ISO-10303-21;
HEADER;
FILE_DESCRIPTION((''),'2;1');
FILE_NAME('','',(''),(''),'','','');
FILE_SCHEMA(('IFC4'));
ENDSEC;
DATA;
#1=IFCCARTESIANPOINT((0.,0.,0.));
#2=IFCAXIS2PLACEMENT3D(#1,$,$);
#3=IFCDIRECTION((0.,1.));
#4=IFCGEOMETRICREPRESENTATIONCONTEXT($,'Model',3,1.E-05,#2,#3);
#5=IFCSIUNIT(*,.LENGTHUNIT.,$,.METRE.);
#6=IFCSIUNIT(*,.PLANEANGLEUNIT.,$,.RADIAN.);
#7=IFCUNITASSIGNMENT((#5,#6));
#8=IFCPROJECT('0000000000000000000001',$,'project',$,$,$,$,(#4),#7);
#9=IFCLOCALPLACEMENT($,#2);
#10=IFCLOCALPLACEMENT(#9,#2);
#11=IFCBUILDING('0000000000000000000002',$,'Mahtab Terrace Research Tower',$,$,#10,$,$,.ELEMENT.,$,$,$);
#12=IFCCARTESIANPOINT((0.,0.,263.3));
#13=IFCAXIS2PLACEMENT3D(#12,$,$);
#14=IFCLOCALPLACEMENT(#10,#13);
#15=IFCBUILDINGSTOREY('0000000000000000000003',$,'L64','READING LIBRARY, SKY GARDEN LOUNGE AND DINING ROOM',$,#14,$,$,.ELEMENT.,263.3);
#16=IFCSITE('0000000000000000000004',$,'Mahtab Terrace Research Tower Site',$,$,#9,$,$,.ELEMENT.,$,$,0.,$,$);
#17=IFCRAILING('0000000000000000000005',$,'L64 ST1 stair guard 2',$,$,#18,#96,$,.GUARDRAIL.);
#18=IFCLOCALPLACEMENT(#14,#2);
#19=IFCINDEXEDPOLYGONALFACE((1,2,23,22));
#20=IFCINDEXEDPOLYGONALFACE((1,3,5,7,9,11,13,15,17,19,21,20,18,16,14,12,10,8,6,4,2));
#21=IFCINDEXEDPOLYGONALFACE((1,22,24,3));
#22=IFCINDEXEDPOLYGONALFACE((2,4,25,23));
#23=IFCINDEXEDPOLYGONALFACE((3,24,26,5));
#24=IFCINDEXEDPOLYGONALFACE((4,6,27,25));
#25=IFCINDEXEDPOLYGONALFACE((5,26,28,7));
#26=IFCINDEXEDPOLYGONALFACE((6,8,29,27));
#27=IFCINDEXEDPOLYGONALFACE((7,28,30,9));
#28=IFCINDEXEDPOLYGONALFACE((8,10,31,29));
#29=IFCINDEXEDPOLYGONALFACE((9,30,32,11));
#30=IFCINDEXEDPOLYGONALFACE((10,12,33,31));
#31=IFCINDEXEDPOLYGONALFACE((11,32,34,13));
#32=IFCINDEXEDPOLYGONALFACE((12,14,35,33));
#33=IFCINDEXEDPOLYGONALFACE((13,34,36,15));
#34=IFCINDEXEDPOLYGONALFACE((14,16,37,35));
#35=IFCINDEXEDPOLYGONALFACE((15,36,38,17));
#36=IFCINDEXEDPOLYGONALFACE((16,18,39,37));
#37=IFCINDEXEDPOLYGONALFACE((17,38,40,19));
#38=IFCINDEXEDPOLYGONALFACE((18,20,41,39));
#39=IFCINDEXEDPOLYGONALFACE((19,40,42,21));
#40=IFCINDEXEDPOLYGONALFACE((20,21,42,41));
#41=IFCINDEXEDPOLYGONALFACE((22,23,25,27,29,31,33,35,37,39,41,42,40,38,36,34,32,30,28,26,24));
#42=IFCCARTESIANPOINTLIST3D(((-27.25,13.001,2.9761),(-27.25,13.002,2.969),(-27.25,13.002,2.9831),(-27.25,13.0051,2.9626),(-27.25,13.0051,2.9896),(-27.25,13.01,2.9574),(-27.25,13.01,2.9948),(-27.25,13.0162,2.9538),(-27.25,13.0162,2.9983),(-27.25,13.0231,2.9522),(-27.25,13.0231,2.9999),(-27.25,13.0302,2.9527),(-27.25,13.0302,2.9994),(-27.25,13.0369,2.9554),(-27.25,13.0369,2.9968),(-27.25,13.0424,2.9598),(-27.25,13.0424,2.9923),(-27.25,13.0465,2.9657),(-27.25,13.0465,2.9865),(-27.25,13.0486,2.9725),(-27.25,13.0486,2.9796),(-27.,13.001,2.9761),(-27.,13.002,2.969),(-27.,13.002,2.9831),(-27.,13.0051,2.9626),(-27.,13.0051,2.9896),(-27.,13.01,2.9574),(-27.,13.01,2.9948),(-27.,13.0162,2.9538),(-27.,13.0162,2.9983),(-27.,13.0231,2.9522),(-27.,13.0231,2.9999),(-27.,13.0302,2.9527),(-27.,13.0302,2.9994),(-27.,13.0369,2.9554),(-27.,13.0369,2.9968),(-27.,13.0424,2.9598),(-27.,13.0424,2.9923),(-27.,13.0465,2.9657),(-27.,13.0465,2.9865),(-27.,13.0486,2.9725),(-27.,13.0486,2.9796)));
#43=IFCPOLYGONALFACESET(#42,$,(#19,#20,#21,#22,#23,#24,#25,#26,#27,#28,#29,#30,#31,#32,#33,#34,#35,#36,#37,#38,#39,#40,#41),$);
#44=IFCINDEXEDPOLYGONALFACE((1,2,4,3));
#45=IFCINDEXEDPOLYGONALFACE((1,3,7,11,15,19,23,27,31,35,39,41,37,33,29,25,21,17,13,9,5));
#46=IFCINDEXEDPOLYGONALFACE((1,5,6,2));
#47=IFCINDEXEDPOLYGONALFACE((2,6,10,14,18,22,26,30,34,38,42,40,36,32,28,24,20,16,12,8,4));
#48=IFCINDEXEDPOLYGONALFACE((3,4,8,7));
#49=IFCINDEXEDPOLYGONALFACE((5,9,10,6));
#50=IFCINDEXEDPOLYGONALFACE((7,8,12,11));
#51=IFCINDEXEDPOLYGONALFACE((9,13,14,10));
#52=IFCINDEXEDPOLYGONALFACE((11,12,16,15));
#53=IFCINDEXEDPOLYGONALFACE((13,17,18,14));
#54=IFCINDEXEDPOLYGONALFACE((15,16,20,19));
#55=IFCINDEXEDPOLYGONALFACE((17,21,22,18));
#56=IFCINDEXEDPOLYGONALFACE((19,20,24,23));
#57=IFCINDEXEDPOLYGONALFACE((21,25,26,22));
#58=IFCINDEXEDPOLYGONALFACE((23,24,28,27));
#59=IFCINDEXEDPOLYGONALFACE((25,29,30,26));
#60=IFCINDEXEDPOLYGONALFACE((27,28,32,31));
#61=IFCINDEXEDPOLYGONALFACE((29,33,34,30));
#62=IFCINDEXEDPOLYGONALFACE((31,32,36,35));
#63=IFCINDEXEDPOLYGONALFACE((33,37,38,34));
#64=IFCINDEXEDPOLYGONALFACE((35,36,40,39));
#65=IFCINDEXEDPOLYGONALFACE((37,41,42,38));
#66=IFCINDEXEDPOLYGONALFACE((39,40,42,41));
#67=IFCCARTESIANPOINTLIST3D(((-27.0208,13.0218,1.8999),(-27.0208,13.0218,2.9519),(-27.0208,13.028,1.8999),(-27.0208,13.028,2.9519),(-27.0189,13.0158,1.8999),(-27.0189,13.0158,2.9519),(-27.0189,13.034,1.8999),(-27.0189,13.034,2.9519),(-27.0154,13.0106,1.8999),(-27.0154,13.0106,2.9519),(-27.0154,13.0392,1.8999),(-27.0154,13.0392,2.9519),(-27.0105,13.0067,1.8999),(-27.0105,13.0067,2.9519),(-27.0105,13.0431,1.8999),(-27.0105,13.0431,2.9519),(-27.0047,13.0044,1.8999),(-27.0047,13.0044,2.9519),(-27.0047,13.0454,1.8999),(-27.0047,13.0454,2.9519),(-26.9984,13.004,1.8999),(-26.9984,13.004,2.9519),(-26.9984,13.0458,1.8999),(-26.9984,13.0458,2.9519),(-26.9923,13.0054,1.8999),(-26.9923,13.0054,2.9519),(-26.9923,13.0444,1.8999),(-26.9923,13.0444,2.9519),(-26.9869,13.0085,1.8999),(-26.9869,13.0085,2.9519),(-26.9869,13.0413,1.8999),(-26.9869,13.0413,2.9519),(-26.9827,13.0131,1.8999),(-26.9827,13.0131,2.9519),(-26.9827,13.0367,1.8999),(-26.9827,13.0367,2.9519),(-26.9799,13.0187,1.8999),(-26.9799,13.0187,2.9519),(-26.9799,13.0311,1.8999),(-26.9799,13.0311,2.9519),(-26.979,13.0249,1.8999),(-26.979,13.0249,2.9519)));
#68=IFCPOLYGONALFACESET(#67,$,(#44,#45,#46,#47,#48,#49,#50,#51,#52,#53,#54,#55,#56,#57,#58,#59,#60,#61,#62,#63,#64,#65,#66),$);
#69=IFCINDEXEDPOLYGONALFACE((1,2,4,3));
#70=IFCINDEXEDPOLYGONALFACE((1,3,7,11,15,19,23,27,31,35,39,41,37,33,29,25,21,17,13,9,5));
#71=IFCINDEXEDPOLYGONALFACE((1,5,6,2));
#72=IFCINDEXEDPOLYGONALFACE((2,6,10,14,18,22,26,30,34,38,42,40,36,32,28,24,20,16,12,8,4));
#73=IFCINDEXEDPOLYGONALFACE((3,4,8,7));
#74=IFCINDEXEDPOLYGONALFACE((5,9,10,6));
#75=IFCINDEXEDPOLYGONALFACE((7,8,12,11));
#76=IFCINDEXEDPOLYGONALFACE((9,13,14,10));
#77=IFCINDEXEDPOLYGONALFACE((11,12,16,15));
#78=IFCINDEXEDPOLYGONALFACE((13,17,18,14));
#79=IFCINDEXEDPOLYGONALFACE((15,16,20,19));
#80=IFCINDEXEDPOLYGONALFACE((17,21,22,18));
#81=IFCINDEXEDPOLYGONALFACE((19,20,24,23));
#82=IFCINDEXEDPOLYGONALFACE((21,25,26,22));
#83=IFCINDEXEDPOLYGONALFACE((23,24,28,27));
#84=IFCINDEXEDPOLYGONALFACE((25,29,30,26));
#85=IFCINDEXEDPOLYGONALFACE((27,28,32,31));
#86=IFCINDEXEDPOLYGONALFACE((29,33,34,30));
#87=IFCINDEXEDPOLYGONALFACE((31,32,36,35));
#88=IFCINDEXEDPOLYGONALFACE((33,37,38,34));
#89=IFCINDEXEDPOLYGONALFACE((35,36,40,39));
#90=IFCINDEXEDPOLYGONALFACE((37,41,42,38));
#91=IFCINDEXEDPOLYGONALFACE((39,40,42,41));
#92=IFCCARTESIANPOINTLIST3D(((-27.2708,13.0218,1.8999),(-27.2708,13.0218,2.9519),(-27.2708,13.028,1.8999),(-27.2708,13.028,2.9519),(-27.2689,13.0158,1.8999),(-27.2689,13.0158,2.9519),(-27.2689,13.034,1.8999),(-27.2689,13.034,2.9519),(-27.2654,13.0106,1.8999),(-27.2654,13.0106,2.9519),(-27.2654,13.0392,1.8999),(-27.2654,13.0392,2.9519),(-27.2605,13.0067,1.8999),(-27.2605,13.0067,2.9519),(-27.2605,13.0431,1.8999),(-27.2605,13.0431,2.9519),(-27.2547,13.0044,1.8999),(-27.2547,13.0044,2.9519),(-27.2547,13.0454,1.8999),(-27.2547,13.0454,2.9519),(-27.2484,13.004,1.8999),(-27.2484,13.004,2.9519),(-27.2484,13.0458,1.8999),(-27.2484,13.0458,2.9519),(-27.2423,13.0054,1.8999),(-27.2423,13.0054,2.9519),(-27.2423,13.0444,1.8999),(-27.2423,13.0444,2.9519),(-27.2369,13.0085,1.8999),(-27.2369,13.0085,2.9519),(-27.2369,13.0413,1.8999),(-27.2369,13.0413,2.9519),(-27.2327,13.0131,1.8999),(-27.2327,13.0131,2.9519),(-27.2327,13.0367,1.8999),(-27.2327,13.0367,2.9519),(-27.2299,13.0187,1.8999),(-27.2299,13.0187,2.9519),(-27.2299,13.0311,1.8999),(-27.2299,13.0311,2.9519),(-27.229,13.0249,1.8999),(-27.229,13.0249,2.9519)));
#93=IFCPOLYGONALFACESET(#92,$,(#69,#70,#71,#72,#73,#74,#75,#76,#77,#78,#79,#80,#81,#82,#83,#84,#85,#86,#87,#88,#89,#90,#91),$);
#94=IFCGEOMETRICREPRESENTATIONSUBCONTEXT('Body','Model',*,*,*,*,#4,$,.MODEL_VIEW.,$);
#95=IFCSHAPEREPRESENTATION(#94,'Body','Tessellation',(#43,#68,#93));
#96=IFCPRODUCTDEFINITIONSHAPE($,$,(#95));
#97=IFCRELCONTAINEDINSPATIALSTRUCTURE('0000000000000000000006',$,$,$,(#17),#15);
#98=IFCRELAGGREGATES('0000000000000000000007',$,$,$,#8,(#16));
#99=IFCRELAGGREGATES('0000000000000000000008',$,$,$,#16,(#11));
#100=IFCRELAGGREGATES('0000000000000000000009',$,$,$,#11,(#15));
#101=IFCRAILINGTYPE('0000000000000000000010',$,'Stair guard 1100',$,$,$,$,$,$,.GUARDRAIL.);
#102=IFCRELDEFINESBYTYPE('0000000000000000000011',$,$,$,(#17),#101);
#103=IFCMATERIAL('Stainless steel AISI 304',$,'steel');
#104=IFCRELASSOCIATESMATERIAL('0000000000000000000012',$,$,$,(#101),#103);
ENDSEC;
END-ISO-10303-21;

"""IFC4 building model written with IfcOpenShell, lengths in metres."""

from ifc_helpers import new_model, si_unit, direction, frame, origin, origin_2d, place, context, subcontext, project, spatial, circle, extrude, material, type_object, element, save


model = new_model("IFC4")

# Units and contexts
model_context = context("Model", 3, precision=1e-05, world=origin(), true_north=direction((0.0, 1.0)))
body_context = subcontext(model_context, "Body", "Model", "MODEL_VIEW")
ifc_project = project(units=[si_unit("LENGTHUNIT", "METRE"), si_unit("PLANEANGLEUNIT", "RADIAN")], contexts=[model_context])

# Site, building, storey
site_placement = place(None, origin())
site = spatial("IfcSite", under=ifc_project, at=site_placement, Name="Mahtab Terrace Research Tower Site", CompositionType="ELEMENT", RefElevation=0.0)
building_placement = place(site_placement, origin())
building = spatial("IfcBuilding", under=site, at=building_placement, Name="Mahtab Terrace Research Tower", CompositionType="ELEMENT")
storey_placement = place(building_placement, frame((0.0, 0.0, 263.3)))
storey = spatial("IfcBuildingStorey", under=building, at=storey_placement, Name="L64", Description="READING LIBRARY, SKY GARDEN LOUNGE AND DINING ROOM", CompositionType="ELEMENT", Elevation=263.3)

# Railing
ifc_material_1 = material(Name="Stainless steel AISI 304", Category="steel")
railing_type_1 = type_object("IfcRailingType", Name="Stair guard 1100", PredefinedType="GUARDRAIL", material=ifc_material_1)
railing_1_placement = place(storey_placement, frame((-27.0, 13.0249, 1.8999)))
element("IfcRailing", 1, at=railing_1_placement, inside=storey, type_object=railing_type_1, Name="L64 ST1 stair guard 2", PredefinedType="GUARDRAIL", context=body_context, shape_type="SweptSolid", body=[
    extrude(circle(Radius=0.0239, at=origin_2d()), frame((0.0, 0.0, 1.0762), z_axis=(-1.0, 0.0, 0.0), x_axis=(0.0, -1.0, 0.0)), (0.0, 0.0, 1.0), 0.25),
    extrude(circle(Radius=0.021, at=origin_2d()), origin(), (0.0, 0.0, 1.0), 1.052),
    extrude(circle(Radius=0.021, at=origin_2d()), frame((-0.25, 0.0, 0.0)), (0.0, 0.0, 1.0), 1.052),
])

save(model, "model.ifc")
